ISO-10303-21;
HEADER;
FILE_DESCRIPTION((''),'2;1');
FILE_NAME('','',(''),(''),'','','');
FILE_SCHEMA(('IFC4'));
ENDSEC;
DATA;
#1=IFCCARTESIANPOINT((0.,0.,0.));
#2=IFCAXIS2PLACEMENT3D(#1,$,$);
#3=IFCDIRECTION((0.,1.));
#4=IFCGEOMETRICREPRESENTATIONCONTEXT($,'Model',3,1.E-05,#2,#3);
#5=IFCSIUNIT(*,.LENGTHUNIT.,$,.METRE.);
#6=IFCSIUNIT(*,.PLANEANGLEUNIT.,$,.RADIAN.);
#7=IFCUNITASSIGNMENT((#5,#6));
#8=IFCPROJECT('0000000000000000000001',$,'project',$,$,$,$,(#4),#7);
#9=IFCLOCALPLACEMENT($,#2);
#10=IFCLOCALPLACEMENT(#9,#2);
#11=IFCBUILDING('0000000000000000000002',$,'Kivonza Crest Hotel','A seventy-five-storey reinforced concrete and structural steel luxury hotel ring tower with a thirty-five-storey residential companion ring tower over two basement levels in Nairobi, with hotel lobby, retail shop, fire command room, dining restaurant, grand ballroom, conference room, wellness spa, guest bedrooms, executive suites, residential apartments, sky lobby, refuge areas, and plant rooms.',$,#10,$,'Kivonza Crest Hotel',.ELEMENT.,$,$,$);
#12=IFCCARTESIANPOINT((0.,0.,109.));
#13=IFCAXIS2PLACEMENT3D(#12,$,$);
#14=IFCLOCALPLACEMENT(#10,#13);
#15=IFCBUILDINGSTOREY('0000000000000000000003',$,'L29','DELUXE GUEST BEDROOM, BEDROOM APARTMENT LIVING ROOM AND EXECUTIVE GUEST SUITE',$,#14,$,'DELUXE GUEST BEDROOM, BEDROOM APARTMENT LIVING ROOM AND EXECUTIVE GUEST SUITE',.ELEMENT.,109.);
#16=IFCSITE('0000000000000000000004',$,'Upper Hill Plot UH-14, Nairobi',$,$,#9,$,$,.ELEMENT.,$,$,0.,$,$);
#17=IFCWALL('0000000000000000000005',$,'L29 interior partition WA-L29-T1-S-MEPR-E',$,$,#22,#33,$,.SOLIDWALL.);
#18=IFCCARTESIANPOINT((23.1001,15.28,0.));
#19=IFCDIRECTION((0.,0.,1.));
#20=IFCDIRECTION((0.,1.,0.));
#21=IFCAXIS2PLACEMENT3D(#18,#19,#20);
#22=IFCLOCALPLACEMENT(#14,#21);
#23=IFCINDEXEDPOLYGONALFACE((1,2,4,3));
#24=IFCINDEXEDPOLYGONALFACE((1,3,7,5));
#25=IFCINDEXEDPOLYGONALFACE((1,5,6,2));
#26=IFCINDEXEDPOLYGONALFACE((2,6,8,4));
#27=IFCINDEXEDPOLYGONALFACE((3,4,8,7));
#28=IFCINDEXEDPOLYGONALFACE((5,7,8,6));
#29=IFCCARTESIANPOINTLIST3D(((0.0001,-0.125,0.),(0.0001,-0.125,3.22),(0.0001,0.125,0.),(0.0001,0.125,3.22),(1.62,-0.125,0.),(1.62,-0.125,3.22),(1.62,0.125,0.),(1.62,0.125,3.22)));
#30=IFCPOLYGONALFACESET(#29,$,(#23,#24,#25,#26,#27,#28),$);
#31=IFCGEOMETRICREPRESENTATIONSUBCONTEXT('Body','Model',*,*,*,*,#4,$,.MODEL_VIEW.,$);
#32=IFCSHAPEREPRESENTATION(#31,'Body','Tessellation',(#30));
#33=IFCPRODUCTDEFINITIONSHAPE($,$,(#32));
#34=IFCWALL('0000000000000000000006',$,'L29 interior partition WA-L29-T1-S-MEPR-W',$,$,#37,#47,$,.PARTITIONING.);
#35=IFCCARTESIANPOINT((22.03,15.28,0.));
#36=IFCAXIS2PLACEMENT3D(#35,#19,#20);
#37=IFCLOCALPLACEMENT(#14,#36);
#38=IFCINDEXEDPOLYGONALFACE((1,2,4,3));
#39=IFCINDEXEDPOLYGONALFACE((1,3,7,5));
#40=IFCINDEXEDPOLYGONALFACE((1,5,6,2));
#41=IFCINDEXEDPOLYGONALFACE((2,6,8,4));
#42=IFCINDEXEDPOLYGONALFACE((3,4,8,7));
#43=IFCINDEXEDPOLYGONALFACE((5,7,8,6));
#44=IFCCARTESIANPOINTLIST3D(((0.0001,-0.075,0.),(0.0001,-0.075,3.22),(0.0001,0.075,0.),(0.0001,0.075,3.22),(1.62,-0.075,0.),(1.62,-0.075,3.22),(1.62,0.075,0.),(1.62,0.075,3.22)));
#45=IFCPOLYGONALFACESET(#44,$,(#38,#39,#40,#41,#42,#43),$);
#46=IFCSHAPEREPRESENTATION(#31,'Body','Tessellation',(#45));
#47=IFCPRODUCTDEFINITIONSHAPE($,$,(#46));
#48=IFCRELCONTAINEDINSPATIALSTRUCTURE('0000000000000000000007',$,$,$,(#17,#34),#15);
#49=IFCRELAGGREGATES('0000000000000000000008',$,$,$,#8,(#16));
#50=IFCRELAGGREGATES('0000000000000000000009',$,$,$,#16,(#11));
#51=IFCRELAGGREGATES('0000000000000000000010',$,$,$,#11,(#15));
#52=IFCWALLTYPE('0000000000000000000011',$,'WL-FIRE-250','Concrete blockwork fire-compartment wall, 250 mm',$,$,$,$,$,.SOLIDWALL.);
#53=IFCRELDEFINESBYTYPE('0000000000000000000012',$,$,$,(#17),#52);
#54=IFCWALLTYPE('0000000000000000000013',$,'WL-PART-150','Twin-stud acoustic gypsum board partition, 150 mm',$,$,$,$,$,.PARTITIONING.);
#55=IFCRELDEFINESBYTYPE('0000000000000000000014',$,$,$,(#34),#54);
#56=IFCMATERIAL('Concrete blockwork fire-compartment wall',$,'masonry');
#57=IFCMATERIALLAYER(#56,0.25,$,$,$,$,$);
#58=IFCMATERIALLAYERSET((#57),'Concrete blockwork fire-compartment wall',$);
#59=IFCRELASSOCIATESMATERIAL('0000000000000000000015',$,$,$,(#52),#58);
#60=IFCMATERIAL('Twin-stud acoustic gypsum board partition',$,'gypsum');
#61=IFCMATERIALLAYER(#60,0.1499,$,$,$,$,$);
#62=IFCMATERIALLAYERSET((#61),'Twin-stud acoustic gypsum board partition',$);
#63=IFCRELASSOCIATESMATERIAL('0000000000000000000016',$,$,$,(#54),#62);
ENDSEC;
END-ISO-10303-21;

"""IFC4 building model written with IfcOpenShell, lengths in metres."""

from ifc_helpers import new_model, si_unit, direction, frame, frame_2d, origin, place, context, subcontext, project, spatial, rectangle, extrude, material, layer, layer_set, type_object, element, save


model = new_model("IFC4")

# Units and contexts
model_context = context("Model", 3, precision=1e-05, world=origin(), true_north=direction((0.0, 1.0)))
body_context = subcontext(model_context, "Body", "Model", "MODEL_VIEW")
ifc_project = project(units=[si_unit("LENGTHUNIT", "METRE"), si_unit("PLANEANGLEUNIT", "RADIAN")], contexts=[model_context])

# Site, building, storey
site_placement = place(None, origin())
site = spatial("IfcSite", under=ifc_project, at=site_placement, Name="Upper Hill Plot UH-14, Nairobi", CompositionType="ELEMENT", RefElevation=0.0)
building_placement = place(site_placement, origin())
building = spatial("IfcBuilding", under=site, at=building_placement, Name="Kivonza Crest Hotel", Description="A seventy-five-storey reinforced concrete and structural steel luxury hotel ring tower with a thirty-five-storey residential companion ring tower over two basement levels in Nairobi, with hotel lobby, retail shop, fire command room, dining restaurant, grand ballroom, conference room, wellness spa, guest bedrooms, executive suites, residential apartments, sky lobby, refuge areas, and plant rooms.", LongName="Kivonza Crest Hotel", CompositionType="ELEMENT")
storey_placement = place(building_placement, frame((0.0, 0.0, 109.0)))
storey = spatial("IfcBuildingStorey", under=building, at=storey_placement, Name="L29", Description="DELUXE GUEST BEDROOM, BEDROOM APARTMENT LIVING ROOM AND EXECUTIVE GUEST SUITE", LongName="DELUXE GUEST BEDROOM, BEDROOM APARTMENT LIVING ROOM AND EXECUTIVE GUEST SUITE", CompositionType="ELEMENT", Elevation=109.0)

# Walls
ifc_material_1 = material(Name="Concrete blockwork fire-compartment wall", Category="masonry")
ifc_layer_1 = layer(ifc_material_1, 0.25)
ifc_layer_set_1 = layer_set([ifc_layer_1], Name="Concrete blockwork fire-compartment wall")
wall_type_1 = type_object("IfcWallType", Name="WL-FIRE-250", Description="Concrete blockwork fire-compartment wall, 250 mm", PredefinedType="SOLIDWALL", material=ifc_layer_set_1)
wall_1_placement = place(storey_placement, frame((23.1001, 15.28, 0.0), z_axis=(0.0, 0.0, 1.0), x_axis=(0.0, 1.0, 0.0)))
element("IfcWall", 1, at=wall_1_placement, inside=storey, type_object=wall_type_1, Name="L29 interior partition WA-L29-T1-S-MEPR-E", PredefinedType="SOLIDWALL", context=body_context, shape_type="SweptSolid", body=[
    extrude(rectangle(XDim=1.6199, YDim=0.25, at=frame_2d((0.8101, 0.0))), origin(), (0.0, 0.0, 1.0), 3.22),
])
ifc_material_2 = material(Name="Twin-stud acoustic gypsum board partition", Category="gypsum")
ifc_layer_2 = layer(ifc_material_2, 0.1499)
ifc_layer_set_2 = layer_set([ifc_layer_2], Name="Twin-stud acoustic gypsum board partition")
wall_type_2 = type_object("IfcWallType", Name="WL-PART-150", Description="Twin-stud acoustic gypsum board partition, 150 mm", PredefinedType="PARTITIONING", material=ifc_layer_set_2)
wall_2_placement = place(storey_placement, frame((22.03, 15.28, 0.0), z_axis=(0.0, 0.0, 1.0), x_axis=(0.0, 1.0, 0.0)))
element("IfcWall", 2, at=wall_2_placement, inside=storey, type_object=wall_type_2, Name="L29 interior partition WA-L29-T1-S-MEPR-W", PredefinedType="PARTITIONING", context=body_context, shape_type="SweptSolid", body=[
    extrude(rectangle(XDim=1.6199, YDim=0.1499, at=frame_2d((0.8101, 0.0))), origin(), (0.0, 0.0, 1.0), 3.22),
])

save(model, "model.ifc")
